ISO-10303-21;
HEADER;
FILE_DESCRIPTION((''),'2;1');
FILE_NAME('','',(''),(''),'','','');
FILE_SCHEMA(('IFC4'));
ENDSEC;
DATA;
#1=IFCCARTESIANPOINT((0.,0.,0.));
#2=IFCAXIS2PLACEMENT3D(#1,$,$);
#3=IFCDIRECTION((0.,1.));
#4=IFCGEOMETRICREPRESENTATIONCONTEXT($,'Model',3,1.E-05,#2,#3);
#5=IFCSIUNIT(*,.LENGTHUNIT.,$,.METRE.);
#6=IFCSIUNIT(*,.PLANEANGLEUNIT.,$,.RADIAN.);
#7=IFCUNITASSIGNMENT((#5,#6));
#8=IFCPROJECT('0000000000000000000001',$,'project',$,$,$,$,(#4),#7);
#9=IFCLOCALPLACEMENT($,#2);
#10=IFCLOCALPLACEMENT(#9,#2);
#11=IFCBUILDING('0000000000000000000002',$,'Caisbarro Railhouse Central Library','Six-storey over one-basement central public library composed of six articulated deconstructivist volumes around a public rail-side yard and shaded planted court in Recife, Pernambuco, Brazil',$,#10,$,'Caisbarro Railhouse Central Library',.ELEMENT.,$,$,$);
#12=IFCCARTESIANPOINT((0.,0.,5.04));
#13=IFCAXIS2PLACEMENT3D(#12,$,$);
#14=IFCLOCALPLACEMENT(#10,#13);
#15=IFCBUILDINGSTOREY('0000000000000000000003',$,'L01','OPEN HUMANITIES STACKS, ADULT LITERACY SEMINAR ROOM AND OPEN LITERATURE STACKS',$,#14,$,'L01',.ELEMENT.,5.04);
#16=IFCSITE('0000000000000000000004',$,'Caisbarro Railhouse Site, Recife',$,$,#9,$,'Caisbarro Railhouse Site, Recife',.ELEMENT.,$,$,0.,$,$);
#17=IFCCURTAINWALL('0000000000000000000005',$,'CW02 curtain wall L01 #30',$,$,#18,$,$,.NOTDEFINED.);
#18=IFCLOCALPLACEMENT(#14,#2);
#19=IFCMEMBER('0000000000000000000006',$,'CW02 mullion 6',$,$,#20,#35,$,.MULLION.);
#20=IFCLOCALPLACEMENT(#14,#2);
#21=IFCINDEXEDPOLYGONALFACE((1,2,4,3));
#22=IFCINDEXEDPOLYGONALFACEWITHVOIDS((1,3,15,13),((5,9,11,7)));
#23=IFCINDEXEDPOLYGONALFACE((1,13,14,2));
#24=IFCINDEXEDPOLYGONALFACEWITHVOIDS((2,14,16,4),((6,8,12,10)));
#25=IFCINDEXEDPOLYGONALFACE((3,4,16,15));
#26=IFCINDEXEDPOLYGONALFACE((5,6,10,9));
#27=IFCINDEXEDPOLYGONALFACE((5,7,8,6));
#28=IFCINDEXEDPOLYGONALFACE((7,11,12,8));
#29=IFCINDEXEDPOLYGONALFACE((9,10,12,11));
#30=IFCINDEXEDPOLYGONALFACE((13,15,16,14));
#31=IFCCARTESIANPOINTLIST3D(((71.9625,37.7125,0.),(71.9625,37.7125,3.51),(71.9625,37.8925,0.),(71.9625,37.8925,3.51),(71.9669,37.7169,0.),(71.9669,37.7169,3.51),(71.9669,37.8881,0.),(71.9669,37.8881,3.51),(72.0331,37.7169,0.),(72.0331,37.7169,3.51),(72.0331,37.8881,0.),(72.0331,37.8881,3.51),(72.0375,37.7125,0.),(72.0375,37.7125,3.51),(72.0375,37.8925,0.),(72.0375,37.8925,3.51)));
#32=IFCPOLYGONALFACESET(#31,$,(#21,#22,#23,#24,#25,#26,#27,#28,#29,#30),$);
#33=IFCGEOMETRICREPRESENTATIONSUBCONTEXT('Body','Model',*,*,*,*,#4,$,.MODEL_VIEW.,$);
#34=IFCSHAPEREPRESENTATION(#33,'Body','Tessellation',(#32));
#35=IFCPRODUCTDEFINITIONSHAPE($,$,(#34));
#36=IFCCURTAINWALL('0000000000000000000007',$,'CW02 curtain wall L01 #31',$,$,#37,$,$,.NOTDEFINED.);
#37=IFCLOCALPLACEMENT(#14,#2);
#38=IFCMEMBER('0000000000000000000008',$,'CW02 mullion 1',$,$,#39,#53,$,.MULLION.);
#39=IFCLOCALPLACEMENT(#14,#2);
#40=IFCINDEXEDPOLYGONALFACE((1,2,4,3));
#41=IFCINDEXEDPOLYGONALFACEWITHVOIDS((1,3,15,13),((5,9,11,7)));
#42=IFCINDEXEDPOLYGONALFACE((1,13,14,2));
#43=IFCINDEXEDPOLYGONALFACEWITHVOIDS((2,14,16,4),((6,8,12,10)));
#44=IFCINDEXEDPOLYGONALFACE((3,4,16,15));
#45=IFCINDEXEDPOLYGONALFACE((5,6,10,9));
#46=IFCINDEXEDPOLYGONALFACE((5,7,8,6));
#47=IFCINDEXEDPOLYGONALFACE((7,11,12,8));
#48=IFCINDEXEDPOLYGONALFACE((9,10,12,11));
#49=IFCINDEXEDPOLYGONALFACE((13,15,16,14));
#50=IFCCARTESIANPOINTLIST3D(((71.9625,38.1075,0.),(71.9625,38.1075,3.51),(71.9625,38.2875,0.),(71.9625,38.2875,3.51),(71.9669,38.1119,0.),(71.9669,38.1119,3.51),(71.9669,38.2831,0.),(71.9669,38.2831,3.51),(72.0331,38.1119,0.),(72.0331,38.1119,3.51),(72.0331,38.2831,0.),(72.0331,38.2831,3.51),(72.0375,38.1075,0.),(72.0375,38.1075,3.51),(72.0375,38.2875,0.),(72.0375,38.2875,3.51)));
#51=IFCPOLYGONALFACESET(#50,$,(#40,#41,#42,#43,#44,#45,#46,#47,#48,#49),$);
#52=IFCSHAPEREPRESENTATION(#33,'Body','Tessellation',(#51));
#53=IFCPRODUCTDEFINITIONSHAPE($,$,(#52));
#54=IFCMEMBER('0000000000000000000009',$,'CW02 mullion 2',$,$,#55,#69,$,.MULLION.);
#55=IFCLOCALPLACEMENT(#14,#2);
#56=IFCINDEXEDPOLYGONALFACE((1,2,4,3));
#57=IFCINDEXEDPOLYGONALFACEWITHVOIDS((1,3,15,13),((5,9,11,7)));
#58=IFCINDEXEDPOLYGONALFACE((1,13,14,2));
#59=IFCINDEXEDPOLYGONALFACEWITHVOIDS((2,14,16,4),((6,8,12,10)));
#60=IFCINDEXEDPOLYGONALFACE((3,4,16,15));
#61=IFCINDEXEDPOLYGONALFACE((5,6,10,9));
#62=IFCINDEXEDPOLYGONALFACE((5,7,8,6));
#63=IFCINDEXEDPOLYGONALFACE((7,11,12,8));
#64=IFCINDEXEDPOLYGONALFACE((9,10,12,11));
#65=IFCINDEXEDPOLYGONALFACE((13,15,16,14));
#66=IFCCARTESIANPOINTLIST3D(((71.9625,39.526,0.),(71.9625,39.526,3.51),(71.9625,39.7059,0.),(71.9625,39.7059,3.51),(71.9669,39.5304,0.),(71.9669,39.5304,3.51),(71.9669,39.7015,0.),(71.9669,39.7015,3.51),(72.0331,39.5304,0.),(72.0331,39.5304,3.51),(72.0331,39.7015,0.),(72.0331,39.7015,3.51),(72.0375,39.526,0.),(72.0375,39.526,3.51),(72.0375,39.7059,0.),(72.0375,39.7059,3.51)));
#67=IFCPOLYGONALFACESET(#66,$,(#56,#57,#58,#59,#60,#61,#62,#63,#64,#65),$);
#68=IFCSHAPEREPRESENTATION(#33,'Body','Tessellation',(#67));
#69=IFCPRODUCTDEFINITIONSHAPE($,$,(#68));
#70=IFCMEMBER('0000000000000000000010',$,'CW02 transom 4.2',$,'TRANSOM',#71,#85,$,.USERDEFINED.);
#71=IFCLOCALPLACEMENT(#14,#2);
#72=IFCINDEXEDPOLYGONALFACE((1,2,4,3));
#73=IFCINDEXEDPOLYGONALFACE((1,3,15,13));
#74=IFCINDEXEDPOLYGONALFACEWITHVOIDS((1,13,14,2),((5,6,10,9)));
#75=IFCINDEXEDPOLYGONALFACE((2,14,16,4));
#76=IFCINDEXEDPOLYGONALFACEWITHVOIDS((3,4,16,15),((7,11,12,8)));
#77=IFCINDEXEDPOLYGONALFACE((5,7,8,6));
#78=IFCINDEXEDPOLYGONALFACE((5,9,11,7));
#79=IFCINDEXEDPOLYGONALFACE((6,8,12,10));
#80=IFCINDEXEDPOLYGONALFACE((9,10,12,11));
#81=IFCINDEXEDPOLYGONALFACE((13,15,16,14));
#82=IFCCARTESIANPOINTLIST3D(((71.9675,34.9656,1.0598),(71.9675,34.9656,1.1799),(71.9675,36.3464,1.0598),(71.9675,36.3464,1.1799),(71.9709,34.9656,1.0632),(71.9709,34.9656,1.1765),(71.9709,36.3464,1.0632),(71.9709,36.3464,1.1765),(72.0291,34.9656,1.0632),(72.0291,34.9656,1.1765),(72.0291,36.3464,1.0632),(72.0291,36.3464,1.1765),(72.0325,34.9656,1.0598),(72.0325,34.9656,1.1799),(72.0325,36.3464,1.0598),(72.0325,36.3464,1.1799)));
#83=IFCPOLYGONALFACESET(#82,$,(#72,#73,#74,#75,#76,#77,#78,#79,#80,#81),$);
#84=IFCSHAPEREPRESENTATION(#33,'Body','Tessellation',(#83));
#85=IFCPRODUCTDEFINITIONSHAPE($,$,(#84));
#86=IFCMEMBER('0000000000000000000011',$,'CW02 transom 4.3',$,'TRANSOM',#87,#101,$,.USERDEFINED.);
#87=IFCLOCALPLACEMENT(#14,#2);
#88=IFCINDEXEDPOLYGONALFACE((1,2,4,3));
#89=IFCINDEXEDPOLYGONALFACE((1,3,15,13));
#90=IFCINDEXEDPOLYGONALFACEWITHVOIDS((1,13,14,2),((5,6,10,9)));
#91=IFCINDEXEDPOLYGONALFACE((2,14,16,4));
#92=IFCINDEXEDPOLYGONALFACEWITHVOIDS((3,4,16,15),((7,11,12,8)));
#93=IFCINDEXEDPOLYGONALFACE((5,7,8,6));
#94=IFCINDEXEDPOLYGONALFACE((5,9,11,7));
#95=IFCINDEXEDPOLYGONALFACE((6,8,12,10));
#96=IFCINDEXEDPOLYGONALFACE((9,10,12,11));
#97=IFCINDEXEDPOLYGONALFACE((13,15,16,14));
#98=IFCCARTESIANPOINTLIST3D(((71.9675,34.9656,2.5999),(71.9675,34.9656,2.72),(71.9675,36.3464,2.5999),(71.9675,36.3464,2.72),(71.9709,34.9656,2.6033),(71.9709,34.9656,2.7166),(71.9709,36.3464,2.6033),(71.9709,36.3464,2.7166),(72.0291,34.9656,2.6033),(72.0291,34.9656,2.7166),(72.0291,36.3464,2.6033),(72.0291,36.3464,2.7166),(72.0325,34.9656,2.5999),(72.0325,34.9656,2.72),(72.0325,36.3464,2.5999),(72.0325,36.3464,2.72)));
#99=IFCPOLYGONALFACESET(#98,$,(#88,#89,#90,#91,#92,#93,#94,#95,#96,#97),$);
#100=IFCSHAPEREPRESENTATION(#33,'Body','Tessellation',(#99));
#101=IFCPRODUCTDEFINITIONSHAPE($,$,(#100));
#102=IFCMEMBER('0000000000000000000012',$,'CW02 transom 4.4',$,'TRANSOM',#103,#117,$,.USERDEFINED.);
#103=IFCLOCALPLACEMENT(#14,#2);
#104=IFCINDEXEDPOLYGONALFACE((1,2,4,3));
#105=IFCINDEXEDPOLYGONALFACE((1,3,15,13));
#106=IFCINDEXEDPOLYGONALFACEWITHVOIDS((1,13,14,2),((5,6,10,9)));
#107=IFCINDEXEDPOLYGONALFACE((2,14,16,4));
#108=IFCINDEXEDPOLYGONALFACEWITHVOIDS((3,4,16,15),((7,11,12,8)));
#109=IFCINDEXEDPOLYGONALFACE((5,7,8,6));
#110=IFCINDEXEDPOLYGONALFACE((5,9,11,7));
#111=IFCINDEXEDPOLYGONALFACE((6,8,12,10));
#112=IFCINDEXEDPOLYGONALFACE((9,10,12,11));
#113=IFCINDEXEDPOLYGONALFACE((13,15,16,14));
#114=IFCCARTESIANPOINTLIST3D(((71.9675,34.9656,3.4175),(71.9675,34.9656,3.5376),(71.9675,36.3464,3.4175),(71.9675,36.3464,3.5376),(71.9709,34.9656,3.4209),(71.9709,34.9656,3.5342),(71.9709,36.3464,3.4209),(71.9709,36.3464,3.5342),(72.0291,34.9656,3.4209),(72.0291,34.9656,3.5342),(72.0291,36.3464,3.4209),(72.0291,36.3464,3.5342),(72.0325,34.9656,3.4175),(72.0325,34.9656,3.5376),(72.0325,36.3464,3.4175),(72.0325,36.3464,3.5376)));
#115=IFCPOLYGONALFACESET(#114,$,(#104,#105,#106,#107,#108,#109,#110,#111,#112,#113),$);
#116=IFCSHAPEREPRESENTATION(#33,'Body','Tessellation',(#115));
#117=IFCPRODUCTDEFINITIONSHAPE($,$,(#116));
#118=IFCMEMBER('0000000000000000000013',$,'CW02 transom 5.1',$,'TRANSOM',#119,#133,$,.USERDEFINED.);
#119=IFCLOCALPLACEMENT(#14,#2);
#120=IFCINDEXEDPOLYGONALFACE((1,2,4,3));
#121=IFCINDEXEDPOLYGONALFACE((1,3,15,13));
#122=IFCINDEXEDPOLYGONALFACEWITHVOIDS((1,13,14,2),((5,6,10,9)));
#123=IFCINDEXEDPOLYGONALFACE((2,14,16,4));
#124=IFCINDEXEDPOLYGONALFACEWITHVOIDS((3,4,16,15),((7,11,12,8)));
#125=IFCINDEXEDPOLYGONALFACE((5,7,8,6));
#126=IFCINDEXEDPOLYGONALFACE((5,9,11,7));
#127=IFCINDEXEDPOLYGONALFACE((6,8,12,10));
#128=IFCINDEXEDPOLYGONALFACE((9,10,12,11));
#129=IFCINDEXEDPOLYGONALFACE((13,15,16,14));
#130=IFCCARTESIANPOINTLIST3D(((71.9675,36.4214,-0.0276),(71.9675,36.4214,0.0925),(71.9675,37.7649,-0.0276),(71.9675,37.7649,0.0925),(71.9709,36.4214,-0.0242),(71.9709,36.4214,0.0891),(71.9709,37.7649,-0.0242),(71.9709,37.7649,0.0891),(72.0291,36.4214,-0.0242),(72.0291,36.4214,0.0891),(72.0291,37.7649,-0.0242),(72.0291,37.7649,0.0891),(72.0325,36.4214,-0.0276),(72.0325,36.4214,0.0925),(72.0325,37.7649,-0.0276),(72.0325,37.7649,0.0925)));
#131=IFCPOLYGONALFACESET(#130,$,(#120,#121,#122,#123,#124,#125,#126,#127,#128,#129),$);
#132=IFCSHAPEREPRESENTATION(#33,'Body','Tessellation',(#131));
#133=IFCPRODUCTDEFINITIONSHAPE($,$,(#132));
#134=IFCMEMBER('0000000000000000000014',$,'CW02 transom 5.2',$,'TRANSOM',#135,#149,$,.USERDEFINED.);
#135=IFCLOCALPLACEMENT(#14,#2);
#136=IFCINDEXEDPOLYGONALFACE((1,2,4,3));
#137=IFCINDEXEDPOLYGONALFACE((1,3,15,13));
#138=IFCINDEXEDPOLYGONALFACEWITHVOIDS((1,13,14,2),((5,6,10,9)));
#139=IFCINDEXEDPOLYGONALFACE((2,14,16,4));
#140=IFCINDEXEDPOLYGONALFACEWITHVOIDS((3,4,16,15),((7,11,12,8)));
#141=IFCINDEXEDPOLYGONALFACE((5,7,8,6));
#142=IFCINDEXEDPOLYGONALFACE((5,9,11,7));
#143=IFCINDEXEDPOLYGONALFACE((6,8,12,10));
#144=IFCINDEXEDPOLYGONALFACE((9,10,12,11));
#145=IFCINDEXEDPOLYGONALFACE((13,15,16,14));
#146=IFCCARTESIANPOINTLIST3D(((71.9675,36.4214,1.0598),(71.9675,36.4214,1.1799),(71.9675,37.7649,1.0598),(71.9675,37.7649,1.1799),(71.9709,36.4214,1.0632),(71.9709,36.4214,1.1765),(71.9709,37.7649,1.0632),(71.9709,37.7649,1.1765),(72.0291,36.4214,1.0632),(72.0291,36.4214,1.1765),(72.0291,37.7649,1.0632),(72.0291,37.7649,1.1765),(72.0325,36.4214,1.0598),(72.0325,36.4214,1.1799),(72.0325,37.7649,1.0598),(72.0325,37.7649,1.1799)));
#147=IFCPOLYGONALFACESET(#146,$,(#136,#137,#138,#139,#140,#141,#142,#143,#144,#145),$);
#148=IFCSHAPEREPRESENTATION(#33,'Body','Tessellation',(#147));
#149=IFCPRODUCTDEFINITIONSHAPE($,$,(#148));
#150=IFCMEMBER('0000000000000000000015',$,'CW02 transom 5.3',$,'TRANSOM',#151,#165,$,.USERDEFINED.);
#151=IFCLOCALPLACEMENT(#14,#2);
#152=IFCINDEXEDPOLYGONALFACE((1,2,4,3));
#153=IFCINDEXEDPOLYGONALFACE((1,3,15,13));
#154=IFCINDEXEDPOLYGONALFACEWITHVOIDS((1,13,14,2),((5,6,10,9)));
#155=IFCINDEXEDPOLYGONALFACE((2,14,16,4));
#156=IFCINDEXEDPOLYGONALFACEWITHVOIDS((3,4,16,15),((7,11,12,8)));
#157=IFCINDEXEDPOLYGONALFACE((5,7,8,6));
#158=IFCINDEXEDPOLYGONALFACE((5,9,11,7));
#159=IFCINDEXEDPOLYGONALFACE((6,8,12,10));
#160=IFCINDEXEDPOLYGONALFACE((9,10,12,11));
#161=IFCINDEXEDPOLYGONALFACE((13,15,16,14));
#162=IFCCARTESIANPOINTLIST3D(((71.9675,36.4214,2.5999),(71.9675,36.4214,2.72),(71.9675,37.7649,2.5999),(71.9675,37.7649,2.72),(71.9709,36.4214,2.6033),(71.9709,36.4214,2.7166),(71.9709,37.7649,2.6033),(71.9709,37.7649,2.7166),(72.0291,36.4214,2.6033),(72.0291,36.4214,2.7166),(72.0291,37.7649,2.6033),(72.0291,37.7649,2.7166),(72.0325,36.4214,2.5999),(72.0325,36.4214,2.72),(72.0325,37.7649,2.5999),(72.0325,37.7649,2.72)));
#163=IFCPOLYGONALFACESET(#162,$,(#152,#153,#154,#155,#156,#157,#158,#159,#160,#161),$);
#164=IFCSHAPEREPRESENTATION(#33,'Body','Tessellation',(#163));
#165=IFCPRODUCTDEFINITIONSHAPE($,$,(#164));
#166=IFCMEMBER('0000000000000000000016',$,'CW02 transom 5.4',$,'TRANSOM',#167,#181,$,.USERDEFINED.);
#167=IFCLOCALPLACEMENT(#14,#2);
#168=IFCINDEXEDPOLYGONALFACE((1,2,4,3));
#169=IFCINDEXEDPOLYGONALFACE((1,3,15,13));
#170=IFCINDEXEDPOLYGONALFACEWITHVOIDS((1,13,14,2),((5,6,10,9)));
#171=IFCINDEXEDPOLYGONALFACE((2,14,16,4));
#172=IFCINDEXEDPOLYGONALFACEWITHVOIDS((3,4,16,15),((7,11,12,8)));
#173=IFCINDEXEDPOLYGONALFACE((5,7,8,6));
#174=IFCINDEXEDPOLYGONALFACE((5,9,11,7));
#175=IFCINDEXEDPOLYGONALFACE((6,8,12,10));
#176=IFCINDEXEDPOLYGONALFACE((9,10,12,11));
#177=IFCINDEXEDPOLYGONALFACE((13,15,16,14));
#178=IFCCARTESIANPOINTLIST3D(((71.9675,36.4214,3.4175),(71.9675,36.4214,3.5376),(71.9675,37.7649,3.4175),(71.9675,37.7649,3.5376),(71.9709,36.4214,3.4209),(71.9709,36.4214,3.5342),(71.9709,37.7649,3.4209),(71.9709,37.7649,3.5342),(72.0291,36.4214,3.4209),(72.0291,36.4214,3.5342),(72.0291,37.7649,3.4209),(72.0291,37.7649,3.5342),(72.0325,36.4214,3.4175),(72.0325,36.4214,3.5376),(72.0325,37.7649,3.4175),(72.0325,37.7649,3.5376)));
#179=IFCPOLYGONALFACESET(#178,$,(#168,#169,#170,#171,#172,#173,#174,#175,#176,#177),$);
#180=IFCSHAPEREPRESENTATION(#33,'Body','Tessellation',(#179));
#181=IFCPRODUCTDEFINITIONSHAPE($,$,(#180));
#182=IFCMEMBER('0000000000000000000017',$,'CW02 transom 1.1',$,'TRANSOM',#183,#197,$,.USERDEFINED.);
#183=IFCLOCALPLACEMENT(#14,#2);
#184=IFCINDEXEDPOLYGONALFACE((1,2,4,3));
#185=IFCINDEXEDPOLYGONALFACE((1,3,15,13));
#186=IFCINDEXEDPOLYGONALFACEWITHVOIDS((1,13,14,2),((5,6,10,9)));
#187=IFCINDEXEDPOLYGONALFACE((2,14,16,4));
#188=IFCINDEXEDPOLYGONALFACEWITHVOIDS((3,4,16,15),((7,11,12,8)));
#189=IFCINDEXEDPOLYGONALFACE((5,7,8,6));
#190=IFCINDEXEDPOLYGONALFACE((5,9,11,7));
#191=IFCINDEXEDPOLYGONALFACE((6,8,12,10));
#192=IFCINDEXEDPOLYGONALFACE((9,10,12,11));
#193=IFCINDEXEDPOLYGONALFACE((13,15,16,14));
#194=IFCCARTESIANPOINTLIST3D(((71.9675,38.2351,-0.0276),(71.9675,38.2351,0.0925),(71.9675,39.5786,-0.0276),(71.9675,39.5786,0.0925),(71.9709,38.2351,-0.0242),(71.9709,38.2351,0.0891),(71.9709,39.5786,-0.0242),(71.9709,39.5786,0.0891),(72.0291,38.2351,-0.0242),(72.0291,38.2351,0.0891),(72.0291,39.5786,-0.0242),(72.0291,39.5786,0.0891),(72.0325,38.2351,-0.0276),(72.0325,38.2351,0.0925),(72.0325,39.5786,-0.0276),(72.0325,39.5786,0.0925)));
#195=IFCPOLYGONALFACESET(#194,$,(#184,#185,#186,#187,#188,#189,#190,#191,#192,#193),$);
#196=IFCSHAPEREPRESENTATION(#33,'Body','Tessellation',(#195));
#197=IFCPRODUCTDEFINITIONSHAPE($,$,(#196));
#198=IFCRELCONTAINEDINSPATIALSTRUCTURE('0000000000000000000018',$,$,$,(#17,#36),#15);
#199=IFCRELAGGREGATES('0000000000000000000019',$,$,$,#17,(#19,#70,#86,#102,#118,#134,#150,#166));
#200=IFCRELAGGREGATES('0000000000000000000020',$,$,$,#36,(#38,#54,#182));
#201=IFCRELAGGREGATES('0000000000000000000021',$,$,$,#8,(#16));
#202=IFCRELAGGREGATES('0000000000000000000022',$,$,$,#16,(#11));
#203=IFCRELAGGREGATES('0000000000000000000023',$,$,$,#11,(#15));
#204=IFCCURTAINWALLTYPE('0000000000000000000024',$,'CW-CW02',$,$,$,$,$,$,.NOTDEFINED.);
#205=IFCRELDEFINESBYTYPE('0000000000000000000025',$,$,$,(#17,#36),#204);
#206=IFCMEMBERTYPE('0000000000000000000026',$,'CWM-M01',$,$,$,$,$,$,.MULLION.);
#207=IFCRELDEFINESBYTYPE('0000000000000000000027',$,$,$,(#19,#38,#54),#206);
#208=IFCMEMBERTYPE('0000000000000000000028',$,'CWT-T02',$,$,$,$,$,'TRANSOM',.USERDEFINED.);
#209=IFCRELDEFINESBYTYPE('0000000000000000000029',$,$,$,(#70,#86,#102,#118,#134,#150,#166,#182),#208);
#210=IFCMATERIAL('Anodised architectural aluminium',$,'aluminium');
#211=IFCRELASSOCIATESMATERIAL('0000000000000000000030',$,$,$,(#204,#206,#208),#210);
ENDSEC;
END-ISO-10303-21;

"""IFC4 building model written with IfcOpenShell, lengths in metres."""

from ifc_helpers import new_model, si_unit, direction, frame, origin, origin_2d, place, context, subcontext, project, spatial, hollow_rectangle, extrude, material, material_profile, profile_set, type_object, element, aggregate, save


model = new_model("IFC4")

# Units and contexts
model_context = context("Model", 3, precision=1e-05, world=origin(), true_north=direction((0.0, 1.0)))
body_context = subcontext(model_context, "Body", "Model", "MODEL_VIEW")
ifc_project = project(units=[si_unit("LENGTHUNIT", "METRE"), si_unit("PLANEANGLEUNIT", "RADIAN")], contexts=[model_context])

# Site, building, storey
site_placement = place(None, origin())
site = spatial("IfcSite", under=ifc_project, at=site_placement, Name="Caisbarro Railhouse Site, Recife", LongName="Caisbarro Railhouse Site, Recife", CompositionType="ELEMENT", RefElevation=0.0)
building_placement = place(site_placement, origin())
building = spatial("IfcBuilding", under=site, at=building_placement, Name="Caisbarro Railhouse Central Library", Description="Six-storey over one-basement central public library composed of six articulated deconstructivist volumes around a public rail-side yard and shaded planted court in Recife, Pernambuco, Brazil", LongName="Caisbarro Railhouse Central Library", CompositionType="ELEMENT")
storey_placement = place(building_placement, frame((0.0, 0.0, 5.04)))
storey = spatial("IfcBuildingStorey", under=building, at=storey_placement, Name="L01", Description="OPEN HUMANITIES STACKS, ADULT LITERACY SEMINAR ROOM AND OPEN LITERATURE STACKS", LongName="L01", CompositionType="ELEMENT", Elevation=5.04)

# Curtain walls, members
ifc_material_1 = material(Name="Anodised architectural aluminium", Category="aluminium")
curtain_wall_type = type_object("IfcCurtainWallType", Name="CW-CW02", PredefinedType="NOTDEFINED", material=ifc_material_1)
curtain_wall_1_placement = place(storey_placement, origin())
curtain_wall_1 = element("IfcCurtainWall", 1, at=curtain_wall_1_placement, inside=storey, type_object=curtain_wall_type, Name="CW02 curtain wall L01 #30", PredefinedType="NOTDEFINED")
ifc_material_profile_1 = material_profile(ifc_material_1, hollow_rectangle(XDim=0.075, YDim=0.1799, WallThickness=0.0044, at=origin_2d()), Name="ALU-MUL-75X180")
ifc_profile_set_1 = profile_set([ifc_material_profile_1], Name="Anodised architectural aluminium")
member_type_1 = type_object("IfcMemberType", Name="CWM-M01", PredefinedType="MULLION", material=ifc_profile_set_1)
member_1_placement = place(storey_placement, frame((72.0, 37.8025, 0.0), z_axis=(0.0, 0.0, 1.0), x_axis=(-1.0, 0.0, 0.0)))
member_1 = element("IfcMember", 2, at=member_1_placement, type_object=member_type_1, Name="CW02 mullion 6", PredefinedType="MULLION", context=body_context, shape_type="SweptSolid", body=[
    extrude(hollow_rectangle(XDim=0.075, YDim=0.1799, WallThickness=0.0044, at=origin_2d()), origin(), (0.0, 0.0, 1.0), 3.51),
])
curtain_wall_2_placement = place(storey_placement, origin())
curtain_wall_2 = element("IfcCurtainWall", 3, at=curtain_wall_2_placement, inside=storey, type_object=curtain_wall_type, Name="CW02 curtain wall L01 #31", PredefinedType="NOTDEFINED")
member_2_placement = place(storey_placement, frame((72.0, 38.1975, 0.0), z_axis=(0.0, 0.0, 1.0), x_axis=(-1.0, 0.0, 0.0)))
member_2 = element("IfcMember", 4, at=member_2_placement, type_object=member_type_1, Name="CW02 mullion 1", PredefinedType="MULLION", context=body_context, shape_type="SweptSolid", body=[
    extrude(hollow_rectangle(XDim=0.075, YDim=0.1799, WallThickness=0.0044, at=origin_2d()), origin(), (0.0, 0.0, 1.0), 3.51),
])
member_3_placement = place(storey_placement, frame((72.0, 39.616, 0.0), z_axis=(0.0, 0.0, 1.0), x_axis=(-1.0, 0.0, 0.0)))
member_3 = element("IfcMember", 5, at=member_3_placement, type_object=member_type_1, Name="CW02 mullion 2", PredefinedType="MULLION", context=body_context, shape_type="SweptSolid", body=[
    extrude(hollow_rectangle(XDim=0.075, YDim=0.1799, WallThickness=0.0044, at=origin_2d()), origin(), (0.0, 0.0, 1.0), 3.51),
])

# Members
ifc_material_profile_2 = material_profile(ifc_material_1, hollow_rectangle(XDim=0.0649, YDim=0.1201, WallThickness=0.0034, at=origin_2d()), Name="ALU-TRN-65X120")
ifc_profile_set_2 = profile_set([ifc_material_profile_2], Name="Anodised architectural aluminium")
member_type_2 = type_object("IfcMemberType", Name="CWT-T02", ElementType="TRANSOM", PredefinedType="USERDEFINED", material=ifc_profile_set_2)
member_4_placement = place(storey_placement, frame((72.0, 34.9656, 1.1199), z_axis=(0.0, 1.0, 0.0), x_axis=(-1.0, 0.0, 0.0)))
member_4 = element("IfcMember", 6, at=member_4_placement, type_object=member_type_2, Name="CW02 transom 4.2", ObjectType="TRANSOM", PredefinedType="USERDEFINED", context=body_context, shape_type="SweptSolid", body=[
    extrude(hollow_rectangle(XDim=0.0649, YDim=0.1201, WallThickness=0.0034, at=origin_2d()), origin(), (0.0, 0.0, 1.0), 1.3809),
])
member_5_placement = place(storey_placement, frame((72.0, 34.9656, 2.6599), z_axis=(0.0, 1.0, 0.0), x_axis=(-1.0, 0.0, 0.0)))
member_5 = element("IfcMember", 7, at=member_5_placement, type_object=member_type_2, Name="CW02 transom 4.3", ObjectType="TRANSOM", PredefinedType="USERDEFINED", context=body_context, shape_type="SweptSolid", body=[
    extrude(hollow_rectangle(XDim=0.0649, YDim=0.1201, WallThickness=0.0034, at=origin_2d()), origin(), (0.0, 0.0, 1.0), 1.3809),
])
member_6_placement = place(storey_placement, frame((72.0, 34.9656, 3.4775), z_axis=(0.0, 1.0, 0.0), x_axis=(-1.0, 0.0, 0.0)))
member_6 = element("IfcMember", 8, at=member_6_placement, type_object=member_type_2, Name="CW02 transom 4.4", ObjectType="TRANSOM", PredefinedType="USERDEFINED", context=body_context, shape_type="SweptSolid", body=[
    extrude(hollow_rectangle(XDim=0.0649, YDim=0.1201, WallThickness=0.0034, at=origin_2d()), origin(), (0.0, 0.0, 1.0), 1.3809),
])
member_7_placement = place(storey_placement, frame((72.0, 36.4214, 0.0325), z_axis=(0.0, 1.0, 0.0), x_axis=(-1.0, 0.0, 0.0)))
member_7 = element("IfcMember", 9, at=member_7_placement, type_object=member_type_2, Name="CW02 transom 5.1", ObjectType="TRANSOM", PredefinedType="USERDEFINED", context=body_context, shape_type="SweptSolid", body=[
    extrude(hollow_rectangle(XDim=0.0649, YDim=0.1201, WallThickness=0.0034, at=origin_2d()), origin(), (0.0, 0.0, 1.0), 1.3435),
])
member_8_placement = place(storey_placement, frame((72.0, 36.4214, 1.1199), z_axis=(0.0, 1.0, 0.0), x_axis=(-1.0, 0.0, 0.0)))
member_8 = element("IfcMember", 10, at=member_8_placement, type_object=member_type_2, Name="CW02 transom 5.2", ObjectType="TRANSOM", PredefinedType="USERDEFINED", context=body_context, shape_type="SweptSolid", body=[
    extrude(hollow_rectangle(XDim=0.0649, YDim=0.1201, WallThickness=0.0034, at=origin_2d()), origin(), (0.0, 0.0, 1.0), 1.3435),
])
member_9_placement = place(storey_placement, frame((72.0, 36.4214, 2.6599), z_axis=(0.0, 1.0, 0.0), x_axis=(-1.0, 0.0, 0.0)))
member_9 = element("IfcMember", 11, at=member_9_placement, type_object=member_type_2, Name="CW02 transom 5.3", ObjectType="TRANSOM", PredefinedType="USERDEFINED", context=body_context, shape_type="SweptSolid", body=[
    extrude(hollow_rectangle(XDim=0.0649, YDim=0.1201, WallThickness=0.0034, at=origin_2d()), origin(), (0.0, 0.0, 1.0), 1.3435),
])
member_10_placement = place(storey_placement, frame((72.0, 36.4214, 3.4775), z_axis=(0.0, 1.0, 0.0), x_axis=(-1.0, 0.0, 0.0)))
member_10 = element("IfcMember", 12, at=member_10_placement, type_object=member_type_2, Name="CW02 transom 5.4", ObjectType="TRANSOM", PredefinedType="USERDEFINED", context=body_context, shape_type="SweptSolid", body=[
    extrude(hollow_rectangle(XDim=0.0649, YDim=0.1201, WallThickness=0.0034, at=origin_2d()), origin(), (0.0, 0.0, 1.0), 1.3435),
])
member_11_placement = place(storey_placement, frame((72.0, 38.2351, 0.0325), z_axis=(0.0, 1.0, 0.0), x_axis=(-1.0, 0.0, 0.0)))
member_11 = element("IfcMember", 13, at=member_11_placement, type_object=member_type_2, Name="CW02 transom 1.1", ObjectType="TRANSOM", PredefinedType="USERDEFINED", context=body_context, shape_type="SweptSolid", body=[
    extrude(hollow_rectangle(XDim=0.0649, YDim=0.1201, WallThickness=0.0034, at=origin_2d()), origin(), (0.0, 0.0, 1.0), 1.3435),
])

aggregate(curtain_wall_1, [member_1, member_4, member_5, member_6, member_7, member_8, member_9, member_10])
aggregate(curtain_wall_2, [member_2, member_3, member_11])

save(model, "model.ifc")
